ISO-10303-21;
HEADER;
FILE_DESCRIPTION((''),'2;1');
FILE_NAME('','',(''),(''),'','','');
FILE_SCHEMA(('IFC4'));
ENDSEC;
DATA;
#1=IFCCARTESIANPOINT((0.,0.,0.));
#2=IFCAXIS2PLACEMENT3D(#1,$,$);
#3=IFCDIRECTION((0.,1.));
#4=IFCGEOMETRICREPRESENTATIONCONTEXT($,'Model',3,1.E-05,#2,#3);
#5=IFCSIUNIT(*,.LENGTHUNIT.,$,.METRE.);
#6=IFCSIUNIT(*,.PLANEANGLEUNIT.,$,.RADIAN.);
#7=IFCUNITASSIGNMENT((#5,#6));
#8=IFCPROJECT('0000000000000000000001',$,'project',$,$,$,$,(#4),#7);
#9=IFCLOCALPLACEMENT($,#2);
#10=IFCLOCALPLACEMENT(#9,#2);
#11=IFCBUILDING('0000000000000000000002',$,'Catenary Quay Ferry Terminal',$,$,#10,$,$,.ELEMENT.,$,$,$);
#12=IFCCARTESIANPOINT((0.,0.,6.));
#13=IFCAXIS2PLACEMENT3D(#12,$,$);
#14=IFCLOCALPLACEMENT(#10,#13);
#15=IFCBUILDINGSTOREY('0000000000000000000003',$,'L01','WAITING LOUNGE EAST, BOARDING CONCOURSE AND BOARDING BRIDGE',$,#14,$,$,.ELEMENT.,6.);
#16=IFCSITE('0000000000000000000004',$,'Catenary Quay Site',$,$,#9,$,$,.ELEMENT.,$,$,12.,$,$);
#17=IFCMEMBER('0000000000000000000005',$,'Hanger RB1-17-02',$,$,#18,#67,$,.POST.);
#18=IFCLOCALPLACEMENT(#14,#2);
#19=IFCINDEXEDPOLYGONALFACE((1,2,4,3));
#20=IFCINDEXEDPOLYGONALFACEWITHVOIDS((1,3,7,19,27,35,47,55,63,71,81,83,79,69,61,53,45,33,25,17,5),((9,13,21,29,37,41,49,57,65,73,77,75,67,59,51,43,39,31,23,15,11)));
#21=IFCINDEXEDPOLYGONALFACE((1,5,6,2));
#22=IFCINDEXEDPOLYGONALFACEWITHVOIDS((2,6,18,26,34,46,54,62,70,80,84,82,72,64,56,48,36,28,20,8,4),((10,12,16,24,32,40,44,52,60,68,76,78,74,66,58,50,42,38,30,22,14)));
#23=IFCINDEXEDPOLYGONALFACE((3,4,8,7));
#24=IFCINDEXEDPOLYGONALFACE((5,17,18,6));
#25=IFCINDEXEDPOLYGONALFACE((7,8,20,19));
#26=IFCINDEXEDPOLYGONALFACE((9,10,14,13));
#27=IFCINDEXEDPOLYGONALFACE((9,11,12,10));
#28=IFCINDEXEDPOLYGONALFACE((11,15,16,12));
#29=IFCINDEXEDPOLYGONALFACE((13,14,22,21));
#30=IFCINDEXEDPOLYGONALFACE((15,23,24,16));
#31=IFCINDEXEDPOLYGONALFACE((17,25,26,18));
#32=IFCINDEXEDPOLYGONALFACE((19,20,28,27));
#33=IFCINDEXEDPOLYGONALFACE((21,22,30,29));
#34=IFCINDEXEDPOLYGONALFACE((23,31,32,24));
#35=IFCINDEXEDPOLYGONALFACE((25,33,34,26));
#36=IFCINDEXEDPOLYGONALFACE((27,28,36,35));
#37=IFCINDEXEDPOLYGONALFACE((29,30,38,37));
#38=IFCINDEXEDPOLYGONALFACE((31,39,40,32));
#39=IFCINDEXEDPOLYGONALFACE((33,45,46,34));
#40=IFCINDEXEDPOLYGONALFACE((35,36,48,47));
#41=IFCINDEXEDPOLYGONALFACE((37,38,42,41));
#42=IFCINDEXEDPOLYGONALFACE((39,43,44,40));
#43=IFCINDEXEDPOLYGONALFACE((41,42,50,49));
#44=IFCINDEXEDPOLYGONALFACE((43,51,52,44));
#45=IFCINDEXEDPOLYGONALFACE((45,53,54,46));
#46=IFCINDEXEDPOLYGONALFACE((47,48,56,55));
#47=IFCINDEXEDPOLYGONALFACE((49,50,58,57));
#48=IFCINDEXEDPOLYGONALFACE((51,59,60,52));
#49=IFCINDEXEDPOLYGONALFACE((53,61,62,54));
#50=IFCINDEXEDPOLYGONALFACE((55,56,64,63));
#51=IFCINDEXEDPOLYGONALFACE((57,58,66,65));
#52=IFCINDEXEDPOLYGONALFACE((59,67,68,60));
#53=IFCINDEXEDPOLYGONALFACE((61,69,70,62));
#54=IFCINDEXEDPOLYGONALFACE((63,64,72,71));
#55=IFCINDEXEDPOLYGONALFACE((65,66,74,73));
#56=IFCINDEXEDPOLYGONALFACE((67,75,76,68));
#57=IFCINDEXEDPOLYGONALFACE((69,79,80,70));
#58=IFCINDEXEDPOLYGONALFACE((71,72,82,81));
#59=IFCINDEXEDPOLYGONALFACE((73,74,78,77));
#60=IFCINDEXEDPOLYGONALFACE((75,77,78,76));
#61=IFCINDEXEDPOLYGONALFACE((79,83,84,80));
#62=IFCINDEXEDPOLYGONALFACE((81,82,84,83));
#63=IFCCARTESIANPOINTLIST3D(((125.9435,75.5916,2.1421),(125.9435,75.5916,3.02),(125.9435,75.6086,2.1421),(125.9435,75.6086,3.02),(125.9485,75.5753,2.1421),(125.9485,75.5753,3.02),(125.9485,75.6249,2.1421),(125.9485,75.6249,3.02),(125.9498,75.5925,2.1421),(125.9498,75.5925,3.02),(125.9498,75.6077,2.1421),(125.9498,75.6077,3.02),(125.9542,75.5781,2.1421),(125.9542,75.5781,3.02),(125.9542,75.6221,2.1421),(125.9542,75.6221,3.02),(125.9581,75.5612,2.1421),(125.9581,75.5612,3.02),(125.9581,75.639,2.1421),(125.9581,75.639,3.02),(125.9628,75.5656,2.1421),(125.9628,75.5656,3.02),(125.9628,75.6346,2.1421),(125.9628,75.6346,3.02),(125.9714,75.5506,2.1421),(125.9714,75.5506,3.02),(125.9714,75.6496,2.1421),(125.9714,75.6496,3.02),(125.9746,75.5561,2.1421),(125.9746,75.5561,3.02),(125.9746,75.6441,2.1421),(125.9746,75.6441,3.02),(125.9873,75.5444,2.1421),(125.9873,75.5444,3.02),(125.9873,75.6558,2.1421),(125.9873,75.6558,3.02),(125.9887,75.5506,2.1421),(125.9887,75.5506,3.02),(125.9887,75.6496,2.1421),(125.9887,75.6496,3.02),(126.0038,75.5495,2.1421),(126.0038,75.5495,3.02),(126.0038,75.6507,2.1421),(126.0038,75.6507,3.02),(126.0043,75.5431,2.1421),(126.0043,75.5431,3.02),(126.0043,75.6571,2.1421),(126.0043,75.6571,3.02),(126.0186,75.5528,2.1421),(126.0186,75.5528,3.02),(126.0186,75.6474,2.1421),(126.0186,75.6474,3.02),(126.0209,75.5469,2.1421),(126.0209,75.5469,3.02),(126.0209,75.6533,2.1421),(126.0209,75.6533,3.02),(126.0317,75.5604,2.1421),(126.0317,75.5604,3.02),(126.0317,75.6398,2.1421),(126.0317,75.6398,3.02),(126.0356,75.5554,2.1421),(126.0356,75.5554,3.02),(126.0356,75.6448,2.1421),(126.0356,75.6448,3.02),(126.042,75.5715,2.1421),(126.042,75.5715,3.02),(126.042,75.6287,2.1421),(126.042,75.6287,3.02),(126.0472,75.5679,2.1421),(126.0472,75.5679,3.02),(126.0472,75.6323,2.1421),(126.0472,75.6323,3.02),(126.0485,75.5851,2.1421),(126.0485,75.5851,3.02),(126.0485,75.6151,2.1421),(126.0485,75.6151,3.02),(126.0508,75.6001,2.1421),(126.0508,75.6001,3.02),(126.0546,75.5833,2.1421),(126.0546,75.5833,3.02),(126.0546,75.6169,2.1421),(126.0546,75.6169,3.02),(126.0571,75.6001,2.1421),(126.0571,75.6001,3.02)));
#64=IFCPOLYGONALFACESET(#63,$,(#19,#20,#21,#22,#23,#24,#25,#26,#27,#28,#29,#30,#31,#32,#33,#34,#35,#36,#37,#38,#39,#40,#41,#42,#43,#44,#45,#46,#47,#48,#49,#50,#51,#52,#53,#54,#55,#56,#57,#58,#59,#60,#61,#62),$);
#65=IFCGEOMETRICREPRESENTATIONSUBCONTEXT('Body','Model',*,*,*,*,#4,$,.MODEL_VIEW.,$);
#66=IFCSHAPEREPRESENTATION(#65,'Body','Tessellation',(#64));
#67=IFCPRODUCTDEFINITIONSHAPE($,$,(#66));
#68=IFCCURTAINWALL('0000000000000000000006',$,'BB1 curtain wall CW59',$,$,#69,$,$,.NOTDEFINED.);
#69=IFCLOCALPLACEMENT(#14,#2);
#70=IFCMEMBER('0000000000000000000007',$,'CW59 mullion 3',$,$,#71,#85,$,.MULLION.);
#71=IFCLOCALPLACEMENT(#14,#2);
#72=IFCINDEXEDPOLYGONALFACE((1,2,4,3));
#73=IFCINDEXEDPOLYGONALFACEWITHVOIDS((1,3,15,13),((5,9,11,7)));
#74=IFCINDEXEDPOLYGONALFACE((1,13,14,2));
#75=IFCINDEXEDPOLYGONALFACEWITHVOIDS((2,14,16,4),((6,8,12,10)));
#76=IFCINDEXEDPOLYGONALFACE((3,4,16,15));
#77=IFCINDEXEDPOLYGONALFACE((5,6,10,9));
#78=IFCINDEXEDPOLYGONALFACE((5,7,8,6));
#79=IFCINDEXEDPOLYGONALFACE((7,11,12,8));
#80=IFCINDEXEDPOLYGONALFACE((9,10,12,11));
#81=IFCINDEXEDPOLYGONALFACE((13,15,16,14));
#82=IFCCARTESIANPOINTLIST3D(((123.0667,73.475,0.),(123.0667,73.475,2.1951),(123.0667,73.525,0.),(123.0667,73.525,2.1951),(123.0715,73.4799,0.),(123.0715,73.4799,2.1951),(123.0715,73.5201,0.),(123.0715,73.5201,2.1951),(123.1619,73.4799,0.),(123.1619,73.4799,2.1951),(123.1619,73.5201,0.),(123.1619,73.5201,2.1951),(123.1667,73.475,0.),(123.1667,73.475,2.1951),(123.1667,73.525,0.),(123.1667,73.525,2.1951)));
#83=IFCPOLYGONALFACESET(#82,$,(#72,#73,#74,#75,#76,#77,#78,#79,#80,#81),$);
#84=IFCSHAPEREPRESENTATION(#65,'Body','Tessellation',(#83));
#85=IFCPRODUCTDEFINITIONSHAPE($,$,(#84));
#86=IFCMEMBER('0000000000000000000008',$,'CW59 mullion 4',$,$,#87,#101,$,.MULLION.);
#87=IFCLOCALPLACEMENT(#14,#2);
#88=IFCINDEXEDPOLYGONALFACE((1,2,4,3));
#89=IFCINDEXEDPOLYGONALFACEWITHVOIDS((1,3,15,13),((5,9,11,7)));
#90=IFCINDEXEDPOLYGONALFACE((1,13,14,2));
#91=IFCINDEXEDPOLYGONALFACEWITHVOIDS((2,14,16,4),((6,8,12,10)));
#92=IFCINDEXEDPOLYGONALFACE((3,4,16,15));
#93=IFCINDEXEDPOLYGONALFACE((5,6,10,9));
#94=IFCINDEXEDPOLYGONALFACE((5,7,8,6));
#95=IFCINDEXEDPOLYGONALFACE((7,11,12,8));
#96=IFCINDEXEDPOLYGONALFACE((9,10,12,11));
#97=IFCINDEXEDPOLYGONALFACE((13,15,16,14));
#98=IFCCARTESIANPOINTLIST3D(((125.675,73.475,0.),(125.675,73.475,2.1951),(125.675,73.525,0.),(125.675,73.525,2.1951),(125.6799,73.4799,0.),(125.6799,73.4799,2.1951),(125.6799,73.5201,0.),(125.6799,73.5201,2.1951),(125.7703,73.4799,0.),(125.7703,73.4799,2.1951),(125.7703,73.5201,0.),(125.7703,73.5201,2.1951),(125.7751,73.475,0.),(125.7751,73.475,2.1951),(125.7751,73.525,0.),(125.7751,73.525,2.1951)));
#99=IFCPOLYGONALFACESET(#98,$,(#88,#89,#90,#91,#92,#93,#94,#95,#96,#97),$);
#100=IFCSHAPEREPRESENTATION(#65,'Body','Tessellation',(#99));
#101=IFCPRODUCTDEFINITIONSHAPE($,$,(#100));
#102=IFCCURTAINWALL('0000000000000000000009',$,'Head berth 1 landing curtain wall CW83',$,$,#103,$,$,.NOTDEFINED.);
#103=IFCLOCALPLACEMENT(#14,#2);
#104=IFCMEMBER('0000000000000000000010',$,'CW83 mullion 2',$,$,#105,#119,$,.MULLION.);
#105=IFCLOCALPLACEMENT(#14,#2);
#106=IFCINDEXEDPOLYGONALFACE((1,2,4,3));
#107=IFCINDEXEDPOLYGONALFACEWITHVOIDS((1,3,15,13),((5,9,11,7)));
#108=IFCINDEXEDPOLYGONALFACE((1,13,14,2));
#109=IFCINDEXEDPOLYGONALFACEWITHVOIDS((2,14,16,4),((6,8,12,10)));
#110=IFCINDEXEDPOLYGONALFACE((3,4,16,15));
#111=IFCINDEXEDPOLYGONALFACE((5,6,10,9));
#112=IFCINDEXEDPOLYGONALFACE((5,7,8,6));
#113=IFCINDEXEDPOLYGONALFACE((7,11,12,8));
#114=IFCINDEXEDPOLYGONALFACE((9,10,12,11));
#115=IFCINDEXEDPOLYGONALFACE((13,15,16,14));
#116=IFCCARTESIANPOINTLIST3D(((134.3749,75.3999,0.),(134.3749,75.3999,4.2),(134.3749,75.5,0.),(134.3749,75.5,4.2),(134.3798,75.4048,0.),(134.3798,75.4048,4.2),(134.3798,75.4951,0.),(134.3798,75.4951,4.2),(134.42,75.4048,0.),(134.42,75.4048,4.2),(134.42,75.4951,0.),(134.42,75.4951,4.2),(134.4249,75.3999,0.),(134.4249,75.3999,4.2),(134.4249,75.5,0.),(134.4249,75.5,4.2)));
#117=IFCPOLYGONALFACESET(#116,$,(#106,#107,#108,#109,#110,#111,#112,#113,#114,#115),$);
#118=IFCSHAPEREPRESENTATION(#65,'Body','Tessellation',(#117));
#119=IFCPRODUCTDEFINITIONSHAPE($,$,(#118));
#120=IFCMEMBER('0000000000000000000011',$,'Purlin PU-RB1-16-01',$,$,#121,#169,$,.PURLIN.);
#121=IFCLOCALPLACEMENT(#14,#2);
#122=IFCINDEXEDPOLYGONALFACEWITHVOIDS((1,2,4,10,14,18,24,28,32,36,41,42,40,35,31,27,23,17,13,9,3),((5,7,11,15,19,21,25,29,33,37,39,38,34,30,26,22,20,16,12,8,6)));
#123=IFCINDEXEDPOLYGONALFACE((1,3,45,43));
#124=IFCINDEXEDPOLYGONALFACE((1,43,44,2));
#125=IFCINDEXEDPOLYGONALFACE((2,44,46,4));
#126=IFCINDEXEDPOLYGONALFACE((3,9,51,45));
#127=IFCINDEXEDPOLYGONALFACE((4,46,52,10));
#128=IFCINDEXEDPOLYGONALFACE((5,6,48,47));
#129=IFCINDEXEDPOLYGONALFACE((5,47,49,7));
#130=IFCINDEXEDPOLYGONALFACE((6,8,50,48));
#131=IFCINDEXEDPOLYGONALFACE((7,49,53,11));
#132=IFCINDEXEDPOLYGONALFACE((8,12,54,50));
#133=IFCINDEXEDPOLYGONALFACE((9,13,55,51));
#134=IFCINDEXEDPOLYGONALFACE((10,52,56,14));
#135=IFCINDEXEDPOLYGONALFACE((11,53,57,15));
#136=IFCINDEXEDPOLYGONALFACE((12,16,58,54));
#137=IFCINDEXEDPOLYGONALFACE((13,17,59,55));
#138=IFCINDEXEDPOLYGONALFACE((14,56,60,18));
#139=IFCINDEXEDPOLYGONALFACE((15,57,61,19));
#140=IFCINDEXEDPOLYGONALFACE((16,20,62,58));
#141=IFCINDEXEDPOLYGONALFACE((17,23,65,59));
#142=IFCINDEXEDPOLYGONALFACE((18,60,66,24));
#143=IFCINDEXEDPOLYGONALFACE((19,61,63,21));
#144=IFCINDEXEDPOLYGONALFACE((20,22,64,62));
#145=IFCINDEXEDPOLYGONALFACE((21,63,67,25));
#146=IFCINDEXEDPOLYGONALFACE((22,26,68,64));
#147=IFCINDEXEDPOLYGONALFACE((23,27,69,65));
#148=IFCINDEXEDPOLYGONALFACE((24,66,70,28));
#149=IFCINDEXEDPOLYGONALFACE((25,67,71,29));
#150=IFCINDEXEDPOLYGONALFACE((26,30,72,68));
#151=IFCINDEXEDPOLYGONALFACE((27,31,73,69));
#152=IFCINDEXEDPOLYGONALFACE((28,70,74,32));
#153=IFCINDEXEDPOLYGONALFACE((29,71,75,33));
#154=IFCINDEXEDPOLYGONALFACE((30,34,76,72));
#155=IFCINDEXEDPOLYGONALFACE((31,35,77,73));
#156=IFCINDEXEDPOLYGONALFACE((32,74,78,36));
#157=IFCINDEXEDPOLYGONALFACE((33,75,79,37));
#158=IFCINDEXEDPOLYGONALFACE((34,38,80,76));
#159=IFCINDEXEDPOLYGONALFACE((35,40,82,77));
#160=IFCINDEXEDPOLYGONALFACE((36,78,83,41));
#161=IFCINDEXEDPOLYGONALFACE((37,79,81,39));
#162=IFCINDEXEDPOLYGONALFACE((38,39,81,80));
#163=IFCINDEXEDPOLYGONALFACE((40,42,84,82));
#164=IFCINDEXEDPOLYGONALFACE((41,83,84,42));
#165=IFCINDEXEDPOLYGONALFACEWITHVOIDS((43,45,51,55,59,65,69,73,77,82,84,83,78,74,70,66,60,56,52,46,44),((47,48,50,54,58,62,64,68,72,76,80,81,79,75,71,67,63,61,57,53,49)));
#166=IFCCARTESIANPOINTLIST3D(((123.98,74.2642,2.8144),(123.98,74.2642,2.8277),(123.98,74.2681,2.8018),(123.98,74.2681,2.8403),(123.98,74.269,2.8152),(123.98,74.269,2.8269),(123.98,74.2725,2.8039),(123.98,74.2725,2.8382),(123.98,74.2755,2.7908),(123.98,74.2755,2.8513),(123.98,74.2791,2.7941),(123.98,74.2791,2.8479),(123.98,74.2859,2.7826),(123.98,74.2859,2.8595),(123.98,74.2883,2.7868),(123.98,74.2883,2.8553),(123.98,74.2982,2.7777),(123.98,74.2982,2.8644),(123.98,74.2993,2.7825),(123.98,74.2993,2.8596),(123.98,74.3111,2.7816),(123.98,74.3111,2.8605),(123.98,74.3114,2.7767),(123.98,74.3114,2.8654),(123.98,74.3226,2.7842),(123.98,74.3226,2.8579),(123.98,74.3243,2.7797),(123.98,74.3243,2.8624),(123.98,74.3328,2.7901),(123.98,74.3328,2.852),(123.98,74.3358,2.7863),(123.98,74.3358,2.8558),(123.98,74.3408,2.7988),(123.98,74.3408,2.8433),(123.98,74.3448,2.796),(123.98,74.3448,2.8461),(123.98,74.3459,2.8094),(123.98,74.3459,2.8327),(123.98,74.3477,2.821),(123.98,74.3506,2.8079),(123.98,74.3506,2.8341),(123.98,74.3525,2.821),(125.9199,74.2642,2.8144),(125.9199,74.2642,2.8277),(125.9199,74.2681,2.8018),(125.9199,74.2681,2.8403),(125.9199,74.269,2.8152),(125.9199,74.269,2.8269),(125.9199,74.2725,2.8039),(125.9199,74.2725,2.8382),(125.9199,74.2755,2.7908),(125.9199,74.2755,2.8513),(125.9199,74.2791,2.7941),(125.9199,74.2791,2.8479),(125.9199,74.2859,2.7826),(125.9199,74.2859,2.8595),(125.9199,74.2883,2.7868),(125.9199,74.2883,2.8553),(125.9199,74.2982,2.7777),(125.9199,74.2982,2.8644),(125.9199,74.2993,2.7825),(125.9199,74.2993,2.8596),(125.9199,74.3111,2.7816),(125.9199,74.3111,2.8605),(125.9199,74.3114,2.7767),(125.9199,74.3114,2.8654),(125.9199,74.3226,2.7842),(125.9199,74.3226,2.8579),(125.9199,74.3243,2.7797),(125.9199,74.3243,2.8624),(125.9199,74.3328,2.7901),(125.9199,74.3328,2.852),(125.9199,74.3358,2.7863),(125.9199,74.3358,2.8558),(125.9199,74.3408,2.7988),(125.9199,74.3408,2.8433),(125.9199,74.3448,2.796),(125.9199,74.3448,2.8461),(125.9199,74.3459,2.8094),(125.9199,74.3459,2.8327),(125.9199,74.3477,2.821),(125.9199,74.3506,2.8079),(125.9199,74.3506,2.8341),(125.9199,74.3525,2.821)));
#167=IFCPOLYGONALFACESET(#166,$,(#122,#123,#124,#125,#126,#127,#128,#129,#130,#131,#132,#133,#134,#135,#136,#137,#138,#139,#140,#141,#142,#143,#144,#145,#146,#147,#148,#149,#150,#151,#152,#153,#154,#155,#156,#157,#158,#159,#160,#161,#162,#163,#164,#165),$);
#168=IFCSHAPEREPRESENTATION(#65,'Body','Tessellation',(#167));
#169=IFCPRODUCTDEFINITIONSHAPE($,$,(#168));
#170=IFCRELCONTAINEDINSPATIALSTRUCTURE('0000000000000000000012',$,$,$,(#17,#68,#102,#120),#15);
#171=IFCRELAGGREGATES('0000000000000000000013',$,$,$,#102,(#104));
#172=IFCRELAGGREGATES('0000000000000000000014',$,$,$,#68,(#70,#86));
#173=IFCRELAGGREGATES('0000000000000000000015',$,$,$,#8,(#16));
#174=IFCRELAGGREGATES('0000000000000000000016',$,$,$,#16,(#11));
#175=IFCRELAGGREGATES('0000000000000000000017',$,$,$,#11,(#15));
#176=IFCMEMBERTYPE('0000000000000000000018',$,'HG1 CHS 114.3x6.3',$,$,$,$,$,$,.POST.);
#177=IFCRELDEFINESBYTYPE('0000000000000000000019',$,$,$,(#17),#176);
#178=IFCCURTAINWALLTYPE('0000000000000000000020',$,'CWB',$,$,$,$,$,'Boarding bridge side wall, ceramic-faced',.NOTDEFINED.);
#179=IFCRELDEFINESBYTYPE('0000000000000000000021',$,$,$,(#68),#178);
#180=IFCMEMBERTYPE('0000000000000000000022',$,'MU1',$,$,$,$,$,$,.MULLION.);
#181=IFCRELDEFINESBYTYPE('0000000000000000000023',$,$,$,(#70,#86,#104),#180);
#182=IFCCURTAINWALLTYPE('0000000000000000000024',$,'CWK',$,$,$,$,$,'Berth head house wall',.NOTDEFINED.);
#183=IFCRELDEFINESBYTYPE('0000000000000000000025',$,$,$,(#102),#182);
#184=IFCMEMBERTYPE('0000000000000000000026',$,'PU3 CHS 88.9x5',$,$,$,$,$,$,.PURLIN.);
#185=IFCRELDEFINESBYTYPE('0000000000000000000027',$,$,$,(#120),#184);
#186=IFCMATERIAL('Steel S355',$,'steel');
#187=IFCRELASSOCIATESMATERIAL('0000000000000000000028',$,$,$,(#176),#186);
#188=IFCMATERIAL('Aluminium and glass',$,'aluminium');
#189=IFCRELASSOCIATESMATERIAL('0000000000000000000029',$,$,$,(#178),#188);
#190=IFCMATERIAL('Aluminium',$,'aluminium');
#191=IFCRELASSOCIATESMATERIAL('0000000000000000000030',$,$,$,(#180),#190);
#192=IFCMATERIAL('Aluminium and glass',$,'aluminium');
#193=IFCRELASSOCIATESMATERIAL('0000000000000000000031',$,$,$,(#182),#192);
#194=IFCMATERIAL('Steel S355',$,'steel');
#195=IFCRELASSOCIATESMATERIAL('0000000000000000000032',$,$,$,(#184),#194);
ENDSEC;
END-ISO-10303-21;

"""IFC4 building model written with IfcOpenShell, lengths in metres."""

from ifc_helpers import new_model, si_unit, direction, frame, origin, origin_2d, place, context, subcontext, project, spatial, hollow_rectangle, hollow_circle, extrude, material, material_profile, profile_set, type_object, element, aggregate, save


model = new_model("IFC4")

# Units and contexts
model_context = context("Model", 3, precision=1e-05, world=origin(), true_north=direction((0.0, 1.0)))
body_context = subcontext(model_context, "Body", "Model", "MODEL_VIEW")
ifc_project = project(units=[si_unit("LENGTHUNIT", "METRE"), si_unit("PLANEANGLEUNIT", "RADIAN")], contexts=[model_context])

# Site, building, storey
site_placement = place(None, origin())
site = spatial("IfcSite", under=ifc_project, at=site_placement, Name="Catenary Quay Site", CompositionType="ELEMENT", RefElevation=12.0)
building_placement = place(site_placement, origin())
building = spatial("IfcBuilding", under=site, at=building_placement, Name="Catenary Quay Ferry Terminal", CompositionType="ELEMENT")
storey_placement = place(building_placement, frame((0.0, 0.0, 6.0)))
storey = spatial("IfcBuildingStorey", under=building, at=storey_placement, Name="L01", Description="WAITING LOUNGE EAST, BOARDING CONCOURSE AND BOARDING BRIDGE", CompositionType="ELEMENT", Elevation=6.0)

# Member
ifc_material_1 = material(Name="Steel S355", Category="steel")
ifc_material_profile_1 = material_profile(ifc_material_1, hollow_circle(Radius=0.0571, WallThickness=0.0063, at=origin_2d()), Name="CHS 114.3x6.3")
ifc_profile_set_1 = profile_set([ifc_material_profile_1], Name="Steel S355")
member_type_1 = type_object("IfcMemberType", Name="HG1 CHS 114.3x6.3", PredefinedType="POST", material=ifc_profile_set_1)
member_1_placement = place(storey_placement, frame((126.0, 75.6001, 2.1421), z_axis=(0.0, 0.0, 1.0), x_axis=(1.0, 0.0, 0.0)))
element("IfcMember", 1, at=member_1_placement, inside=storey, type_object=member_type_1, Name="Hanger RB1-17-02", PredefinedType="POST", context=body_context, shape_type="SweptSolid", body=[
    extrude(hollow_circle(Radius=0.0571, WallThickness=0.0063, at=origin_2d()), origin(), (0.0, 0.0, 1.0), 0.8779),
])

# Curtain wall, members
ifc_material_2 = material(Name="Aluminium and glass", Category="aluminium")
curtain_wall_type_1 = type_object("IfcCurtainWallType", Name="CWB", ElementType="Boarding bridge side wall, ceramic-faced", PredefinedType="NOTDEFINED", material=ifc_material_2)
curtain_wall_1_placement = place(storey_placement, origin())
curtain_wall_1 = element("IfcCurtainWall", 2, at=curtain_wall_1_placement, inside=storey, type_object=curtain_wall_type_1, Name="BB1 curtain wall CW59", PredefinedType="NOTDEFINED")
ifc_material_3 = material(Name="Aluminium", Category="aluminium")
ifc_material_profile_2 = material_profile(ifc_material_3, hollow_rectangle(XDim=0.05, YDim=0.1001, WallThickness=0.0049, at=origin_2d()), Name="MU1")
ifc_profile_set_2 = profile_set([ifc_material_profile_2], Name="Aluminium")
member_type_2 = type_object("IfcMemberType", Name="MU1", PredefinedType="MULLION", material=ifc_profile_set_2)
member_2_placement = place(storey_placement, frame((123.1167, 73.5, 0.0), z_axis=(0.0, 0.0, 1.0), x_axis=(0.0, 1.0, 0.0)))
member_2 = element("IfcMember", 3, at=member_2_placement, type_object=member_type_2, Name="CW59 mullion 3", PredefinedType="MULLION", context=body_context, shape_type="SweptSolid", body=[
    extrude(hollow_rectangle(XDim=0.05, YDim=0.1001, WallThickness=0.0049, at=origin_2d()), origin(), (0.0, 0.0, 1.0), 2.1951),
])
member_3_placement = place(storey_placement, frame((125.7251, 73.5, 0.0), z_axis=(0.0, 0.0, 1.0), x_axis=(0.0, 1.0, 0.0)))
member_3 = element("IfcMember", 4, at=member_3_placement, type_object=member_type_2, Name="CW59 mullion 4", PredefinedType="MULLION", context=body_context, shape_type="SweptSolid", body=[
    extrude(hollow_rectangle(XDim=0.05, YDim=0.1001, WallThickness=0.0049, at=origin_2d()), origin(), (0.0, 0.0, 1.0), 2.1951),
])

# Curtain wall, member
ifc_material_4 = material(Name="Aluminium and glass", Category="aluminium")
curtain_wall_type_2 = type_object("IfcCurtainWallType", Name="CWK", ElementType="Berth head house wall", PredefinedType="NOTDEFINED", material=ifc_material_4)
curtain_wall_2_placement = place(storey_placement, origin())
curtain_wall_2 = element("IfcCurtainWall", 5, at=curtain_wall_2_placement, inside=storey, type_object=curtain_wall_type_2, Name="Head berth 1 landing curtain wall CW83", PredefinedType="NOTDEFINED")
member_4_placement = place(storey_placement, frame((134.3999, 75.45, 0.0), z_axis=(0.0, 0.0, 1.0), x_axis=(-1.0, 0.0, 0.0)))
member_4 = element("IfcMember", 6, at=member_4_placement, type_object=member_type_2, Name="CW83 mullion 2", PredefinedType="MULLION", context=body_context, shape_type="SweptSolid", body=[
    extrude(hollow_rectangle(XDim=0.05, YDim=0.1001, WallThickness=0.0049, at=origin_2d()), origin(), (0.0, 0.0, 1.0), 4.2),
])

# Member
ifc_material_5 = material(Name="Steel S355", Category="steel")
ifc_material_profile_3 = material_profile(ifc_material_5, hollow_circle(Radius=0.0444, WallThickness=0.0049, at=origin_2d()), Name="CHS 88.9x5")
ifc_profile_set_3 = profile_set([ifc_material_profile_3], Name="Steel S355")
member_type_3 = type_object("IfcMemberType", Name="PU3 CHS 88.9x5", PredefinedType="PURLIN", material=ifc_profile_set_3)
for number, where, z_axis, x_axis, name in (
    (7, (123.98, 74.3081, 2.821), (1.0, 0.0, 0.0), (0.0, 1.0, 0.0), "Purlin PU-RB1-16-01"),
):
    element("IfcMember", number, at=place(storey_placement, frame(where, z_axis=z_axis, x_axis=x_axis)), inside=storey, type_object=member_type_3, Name=name, PredefinedType="PURLIN", context=body_context, shape_type="SweptSolid", body=[
        extrude(hollow_circle(Radius=0.0444, WallThickness=0.0049, at=origin_2d()), origin(), (0.0, 0.0, 1.0), 1.9399),
    ])

aggregate(curtain_wall_2, [member_4])
aggregate(curtain_wall_1, [member_2, member_3])

save(model, "model.ifc")
